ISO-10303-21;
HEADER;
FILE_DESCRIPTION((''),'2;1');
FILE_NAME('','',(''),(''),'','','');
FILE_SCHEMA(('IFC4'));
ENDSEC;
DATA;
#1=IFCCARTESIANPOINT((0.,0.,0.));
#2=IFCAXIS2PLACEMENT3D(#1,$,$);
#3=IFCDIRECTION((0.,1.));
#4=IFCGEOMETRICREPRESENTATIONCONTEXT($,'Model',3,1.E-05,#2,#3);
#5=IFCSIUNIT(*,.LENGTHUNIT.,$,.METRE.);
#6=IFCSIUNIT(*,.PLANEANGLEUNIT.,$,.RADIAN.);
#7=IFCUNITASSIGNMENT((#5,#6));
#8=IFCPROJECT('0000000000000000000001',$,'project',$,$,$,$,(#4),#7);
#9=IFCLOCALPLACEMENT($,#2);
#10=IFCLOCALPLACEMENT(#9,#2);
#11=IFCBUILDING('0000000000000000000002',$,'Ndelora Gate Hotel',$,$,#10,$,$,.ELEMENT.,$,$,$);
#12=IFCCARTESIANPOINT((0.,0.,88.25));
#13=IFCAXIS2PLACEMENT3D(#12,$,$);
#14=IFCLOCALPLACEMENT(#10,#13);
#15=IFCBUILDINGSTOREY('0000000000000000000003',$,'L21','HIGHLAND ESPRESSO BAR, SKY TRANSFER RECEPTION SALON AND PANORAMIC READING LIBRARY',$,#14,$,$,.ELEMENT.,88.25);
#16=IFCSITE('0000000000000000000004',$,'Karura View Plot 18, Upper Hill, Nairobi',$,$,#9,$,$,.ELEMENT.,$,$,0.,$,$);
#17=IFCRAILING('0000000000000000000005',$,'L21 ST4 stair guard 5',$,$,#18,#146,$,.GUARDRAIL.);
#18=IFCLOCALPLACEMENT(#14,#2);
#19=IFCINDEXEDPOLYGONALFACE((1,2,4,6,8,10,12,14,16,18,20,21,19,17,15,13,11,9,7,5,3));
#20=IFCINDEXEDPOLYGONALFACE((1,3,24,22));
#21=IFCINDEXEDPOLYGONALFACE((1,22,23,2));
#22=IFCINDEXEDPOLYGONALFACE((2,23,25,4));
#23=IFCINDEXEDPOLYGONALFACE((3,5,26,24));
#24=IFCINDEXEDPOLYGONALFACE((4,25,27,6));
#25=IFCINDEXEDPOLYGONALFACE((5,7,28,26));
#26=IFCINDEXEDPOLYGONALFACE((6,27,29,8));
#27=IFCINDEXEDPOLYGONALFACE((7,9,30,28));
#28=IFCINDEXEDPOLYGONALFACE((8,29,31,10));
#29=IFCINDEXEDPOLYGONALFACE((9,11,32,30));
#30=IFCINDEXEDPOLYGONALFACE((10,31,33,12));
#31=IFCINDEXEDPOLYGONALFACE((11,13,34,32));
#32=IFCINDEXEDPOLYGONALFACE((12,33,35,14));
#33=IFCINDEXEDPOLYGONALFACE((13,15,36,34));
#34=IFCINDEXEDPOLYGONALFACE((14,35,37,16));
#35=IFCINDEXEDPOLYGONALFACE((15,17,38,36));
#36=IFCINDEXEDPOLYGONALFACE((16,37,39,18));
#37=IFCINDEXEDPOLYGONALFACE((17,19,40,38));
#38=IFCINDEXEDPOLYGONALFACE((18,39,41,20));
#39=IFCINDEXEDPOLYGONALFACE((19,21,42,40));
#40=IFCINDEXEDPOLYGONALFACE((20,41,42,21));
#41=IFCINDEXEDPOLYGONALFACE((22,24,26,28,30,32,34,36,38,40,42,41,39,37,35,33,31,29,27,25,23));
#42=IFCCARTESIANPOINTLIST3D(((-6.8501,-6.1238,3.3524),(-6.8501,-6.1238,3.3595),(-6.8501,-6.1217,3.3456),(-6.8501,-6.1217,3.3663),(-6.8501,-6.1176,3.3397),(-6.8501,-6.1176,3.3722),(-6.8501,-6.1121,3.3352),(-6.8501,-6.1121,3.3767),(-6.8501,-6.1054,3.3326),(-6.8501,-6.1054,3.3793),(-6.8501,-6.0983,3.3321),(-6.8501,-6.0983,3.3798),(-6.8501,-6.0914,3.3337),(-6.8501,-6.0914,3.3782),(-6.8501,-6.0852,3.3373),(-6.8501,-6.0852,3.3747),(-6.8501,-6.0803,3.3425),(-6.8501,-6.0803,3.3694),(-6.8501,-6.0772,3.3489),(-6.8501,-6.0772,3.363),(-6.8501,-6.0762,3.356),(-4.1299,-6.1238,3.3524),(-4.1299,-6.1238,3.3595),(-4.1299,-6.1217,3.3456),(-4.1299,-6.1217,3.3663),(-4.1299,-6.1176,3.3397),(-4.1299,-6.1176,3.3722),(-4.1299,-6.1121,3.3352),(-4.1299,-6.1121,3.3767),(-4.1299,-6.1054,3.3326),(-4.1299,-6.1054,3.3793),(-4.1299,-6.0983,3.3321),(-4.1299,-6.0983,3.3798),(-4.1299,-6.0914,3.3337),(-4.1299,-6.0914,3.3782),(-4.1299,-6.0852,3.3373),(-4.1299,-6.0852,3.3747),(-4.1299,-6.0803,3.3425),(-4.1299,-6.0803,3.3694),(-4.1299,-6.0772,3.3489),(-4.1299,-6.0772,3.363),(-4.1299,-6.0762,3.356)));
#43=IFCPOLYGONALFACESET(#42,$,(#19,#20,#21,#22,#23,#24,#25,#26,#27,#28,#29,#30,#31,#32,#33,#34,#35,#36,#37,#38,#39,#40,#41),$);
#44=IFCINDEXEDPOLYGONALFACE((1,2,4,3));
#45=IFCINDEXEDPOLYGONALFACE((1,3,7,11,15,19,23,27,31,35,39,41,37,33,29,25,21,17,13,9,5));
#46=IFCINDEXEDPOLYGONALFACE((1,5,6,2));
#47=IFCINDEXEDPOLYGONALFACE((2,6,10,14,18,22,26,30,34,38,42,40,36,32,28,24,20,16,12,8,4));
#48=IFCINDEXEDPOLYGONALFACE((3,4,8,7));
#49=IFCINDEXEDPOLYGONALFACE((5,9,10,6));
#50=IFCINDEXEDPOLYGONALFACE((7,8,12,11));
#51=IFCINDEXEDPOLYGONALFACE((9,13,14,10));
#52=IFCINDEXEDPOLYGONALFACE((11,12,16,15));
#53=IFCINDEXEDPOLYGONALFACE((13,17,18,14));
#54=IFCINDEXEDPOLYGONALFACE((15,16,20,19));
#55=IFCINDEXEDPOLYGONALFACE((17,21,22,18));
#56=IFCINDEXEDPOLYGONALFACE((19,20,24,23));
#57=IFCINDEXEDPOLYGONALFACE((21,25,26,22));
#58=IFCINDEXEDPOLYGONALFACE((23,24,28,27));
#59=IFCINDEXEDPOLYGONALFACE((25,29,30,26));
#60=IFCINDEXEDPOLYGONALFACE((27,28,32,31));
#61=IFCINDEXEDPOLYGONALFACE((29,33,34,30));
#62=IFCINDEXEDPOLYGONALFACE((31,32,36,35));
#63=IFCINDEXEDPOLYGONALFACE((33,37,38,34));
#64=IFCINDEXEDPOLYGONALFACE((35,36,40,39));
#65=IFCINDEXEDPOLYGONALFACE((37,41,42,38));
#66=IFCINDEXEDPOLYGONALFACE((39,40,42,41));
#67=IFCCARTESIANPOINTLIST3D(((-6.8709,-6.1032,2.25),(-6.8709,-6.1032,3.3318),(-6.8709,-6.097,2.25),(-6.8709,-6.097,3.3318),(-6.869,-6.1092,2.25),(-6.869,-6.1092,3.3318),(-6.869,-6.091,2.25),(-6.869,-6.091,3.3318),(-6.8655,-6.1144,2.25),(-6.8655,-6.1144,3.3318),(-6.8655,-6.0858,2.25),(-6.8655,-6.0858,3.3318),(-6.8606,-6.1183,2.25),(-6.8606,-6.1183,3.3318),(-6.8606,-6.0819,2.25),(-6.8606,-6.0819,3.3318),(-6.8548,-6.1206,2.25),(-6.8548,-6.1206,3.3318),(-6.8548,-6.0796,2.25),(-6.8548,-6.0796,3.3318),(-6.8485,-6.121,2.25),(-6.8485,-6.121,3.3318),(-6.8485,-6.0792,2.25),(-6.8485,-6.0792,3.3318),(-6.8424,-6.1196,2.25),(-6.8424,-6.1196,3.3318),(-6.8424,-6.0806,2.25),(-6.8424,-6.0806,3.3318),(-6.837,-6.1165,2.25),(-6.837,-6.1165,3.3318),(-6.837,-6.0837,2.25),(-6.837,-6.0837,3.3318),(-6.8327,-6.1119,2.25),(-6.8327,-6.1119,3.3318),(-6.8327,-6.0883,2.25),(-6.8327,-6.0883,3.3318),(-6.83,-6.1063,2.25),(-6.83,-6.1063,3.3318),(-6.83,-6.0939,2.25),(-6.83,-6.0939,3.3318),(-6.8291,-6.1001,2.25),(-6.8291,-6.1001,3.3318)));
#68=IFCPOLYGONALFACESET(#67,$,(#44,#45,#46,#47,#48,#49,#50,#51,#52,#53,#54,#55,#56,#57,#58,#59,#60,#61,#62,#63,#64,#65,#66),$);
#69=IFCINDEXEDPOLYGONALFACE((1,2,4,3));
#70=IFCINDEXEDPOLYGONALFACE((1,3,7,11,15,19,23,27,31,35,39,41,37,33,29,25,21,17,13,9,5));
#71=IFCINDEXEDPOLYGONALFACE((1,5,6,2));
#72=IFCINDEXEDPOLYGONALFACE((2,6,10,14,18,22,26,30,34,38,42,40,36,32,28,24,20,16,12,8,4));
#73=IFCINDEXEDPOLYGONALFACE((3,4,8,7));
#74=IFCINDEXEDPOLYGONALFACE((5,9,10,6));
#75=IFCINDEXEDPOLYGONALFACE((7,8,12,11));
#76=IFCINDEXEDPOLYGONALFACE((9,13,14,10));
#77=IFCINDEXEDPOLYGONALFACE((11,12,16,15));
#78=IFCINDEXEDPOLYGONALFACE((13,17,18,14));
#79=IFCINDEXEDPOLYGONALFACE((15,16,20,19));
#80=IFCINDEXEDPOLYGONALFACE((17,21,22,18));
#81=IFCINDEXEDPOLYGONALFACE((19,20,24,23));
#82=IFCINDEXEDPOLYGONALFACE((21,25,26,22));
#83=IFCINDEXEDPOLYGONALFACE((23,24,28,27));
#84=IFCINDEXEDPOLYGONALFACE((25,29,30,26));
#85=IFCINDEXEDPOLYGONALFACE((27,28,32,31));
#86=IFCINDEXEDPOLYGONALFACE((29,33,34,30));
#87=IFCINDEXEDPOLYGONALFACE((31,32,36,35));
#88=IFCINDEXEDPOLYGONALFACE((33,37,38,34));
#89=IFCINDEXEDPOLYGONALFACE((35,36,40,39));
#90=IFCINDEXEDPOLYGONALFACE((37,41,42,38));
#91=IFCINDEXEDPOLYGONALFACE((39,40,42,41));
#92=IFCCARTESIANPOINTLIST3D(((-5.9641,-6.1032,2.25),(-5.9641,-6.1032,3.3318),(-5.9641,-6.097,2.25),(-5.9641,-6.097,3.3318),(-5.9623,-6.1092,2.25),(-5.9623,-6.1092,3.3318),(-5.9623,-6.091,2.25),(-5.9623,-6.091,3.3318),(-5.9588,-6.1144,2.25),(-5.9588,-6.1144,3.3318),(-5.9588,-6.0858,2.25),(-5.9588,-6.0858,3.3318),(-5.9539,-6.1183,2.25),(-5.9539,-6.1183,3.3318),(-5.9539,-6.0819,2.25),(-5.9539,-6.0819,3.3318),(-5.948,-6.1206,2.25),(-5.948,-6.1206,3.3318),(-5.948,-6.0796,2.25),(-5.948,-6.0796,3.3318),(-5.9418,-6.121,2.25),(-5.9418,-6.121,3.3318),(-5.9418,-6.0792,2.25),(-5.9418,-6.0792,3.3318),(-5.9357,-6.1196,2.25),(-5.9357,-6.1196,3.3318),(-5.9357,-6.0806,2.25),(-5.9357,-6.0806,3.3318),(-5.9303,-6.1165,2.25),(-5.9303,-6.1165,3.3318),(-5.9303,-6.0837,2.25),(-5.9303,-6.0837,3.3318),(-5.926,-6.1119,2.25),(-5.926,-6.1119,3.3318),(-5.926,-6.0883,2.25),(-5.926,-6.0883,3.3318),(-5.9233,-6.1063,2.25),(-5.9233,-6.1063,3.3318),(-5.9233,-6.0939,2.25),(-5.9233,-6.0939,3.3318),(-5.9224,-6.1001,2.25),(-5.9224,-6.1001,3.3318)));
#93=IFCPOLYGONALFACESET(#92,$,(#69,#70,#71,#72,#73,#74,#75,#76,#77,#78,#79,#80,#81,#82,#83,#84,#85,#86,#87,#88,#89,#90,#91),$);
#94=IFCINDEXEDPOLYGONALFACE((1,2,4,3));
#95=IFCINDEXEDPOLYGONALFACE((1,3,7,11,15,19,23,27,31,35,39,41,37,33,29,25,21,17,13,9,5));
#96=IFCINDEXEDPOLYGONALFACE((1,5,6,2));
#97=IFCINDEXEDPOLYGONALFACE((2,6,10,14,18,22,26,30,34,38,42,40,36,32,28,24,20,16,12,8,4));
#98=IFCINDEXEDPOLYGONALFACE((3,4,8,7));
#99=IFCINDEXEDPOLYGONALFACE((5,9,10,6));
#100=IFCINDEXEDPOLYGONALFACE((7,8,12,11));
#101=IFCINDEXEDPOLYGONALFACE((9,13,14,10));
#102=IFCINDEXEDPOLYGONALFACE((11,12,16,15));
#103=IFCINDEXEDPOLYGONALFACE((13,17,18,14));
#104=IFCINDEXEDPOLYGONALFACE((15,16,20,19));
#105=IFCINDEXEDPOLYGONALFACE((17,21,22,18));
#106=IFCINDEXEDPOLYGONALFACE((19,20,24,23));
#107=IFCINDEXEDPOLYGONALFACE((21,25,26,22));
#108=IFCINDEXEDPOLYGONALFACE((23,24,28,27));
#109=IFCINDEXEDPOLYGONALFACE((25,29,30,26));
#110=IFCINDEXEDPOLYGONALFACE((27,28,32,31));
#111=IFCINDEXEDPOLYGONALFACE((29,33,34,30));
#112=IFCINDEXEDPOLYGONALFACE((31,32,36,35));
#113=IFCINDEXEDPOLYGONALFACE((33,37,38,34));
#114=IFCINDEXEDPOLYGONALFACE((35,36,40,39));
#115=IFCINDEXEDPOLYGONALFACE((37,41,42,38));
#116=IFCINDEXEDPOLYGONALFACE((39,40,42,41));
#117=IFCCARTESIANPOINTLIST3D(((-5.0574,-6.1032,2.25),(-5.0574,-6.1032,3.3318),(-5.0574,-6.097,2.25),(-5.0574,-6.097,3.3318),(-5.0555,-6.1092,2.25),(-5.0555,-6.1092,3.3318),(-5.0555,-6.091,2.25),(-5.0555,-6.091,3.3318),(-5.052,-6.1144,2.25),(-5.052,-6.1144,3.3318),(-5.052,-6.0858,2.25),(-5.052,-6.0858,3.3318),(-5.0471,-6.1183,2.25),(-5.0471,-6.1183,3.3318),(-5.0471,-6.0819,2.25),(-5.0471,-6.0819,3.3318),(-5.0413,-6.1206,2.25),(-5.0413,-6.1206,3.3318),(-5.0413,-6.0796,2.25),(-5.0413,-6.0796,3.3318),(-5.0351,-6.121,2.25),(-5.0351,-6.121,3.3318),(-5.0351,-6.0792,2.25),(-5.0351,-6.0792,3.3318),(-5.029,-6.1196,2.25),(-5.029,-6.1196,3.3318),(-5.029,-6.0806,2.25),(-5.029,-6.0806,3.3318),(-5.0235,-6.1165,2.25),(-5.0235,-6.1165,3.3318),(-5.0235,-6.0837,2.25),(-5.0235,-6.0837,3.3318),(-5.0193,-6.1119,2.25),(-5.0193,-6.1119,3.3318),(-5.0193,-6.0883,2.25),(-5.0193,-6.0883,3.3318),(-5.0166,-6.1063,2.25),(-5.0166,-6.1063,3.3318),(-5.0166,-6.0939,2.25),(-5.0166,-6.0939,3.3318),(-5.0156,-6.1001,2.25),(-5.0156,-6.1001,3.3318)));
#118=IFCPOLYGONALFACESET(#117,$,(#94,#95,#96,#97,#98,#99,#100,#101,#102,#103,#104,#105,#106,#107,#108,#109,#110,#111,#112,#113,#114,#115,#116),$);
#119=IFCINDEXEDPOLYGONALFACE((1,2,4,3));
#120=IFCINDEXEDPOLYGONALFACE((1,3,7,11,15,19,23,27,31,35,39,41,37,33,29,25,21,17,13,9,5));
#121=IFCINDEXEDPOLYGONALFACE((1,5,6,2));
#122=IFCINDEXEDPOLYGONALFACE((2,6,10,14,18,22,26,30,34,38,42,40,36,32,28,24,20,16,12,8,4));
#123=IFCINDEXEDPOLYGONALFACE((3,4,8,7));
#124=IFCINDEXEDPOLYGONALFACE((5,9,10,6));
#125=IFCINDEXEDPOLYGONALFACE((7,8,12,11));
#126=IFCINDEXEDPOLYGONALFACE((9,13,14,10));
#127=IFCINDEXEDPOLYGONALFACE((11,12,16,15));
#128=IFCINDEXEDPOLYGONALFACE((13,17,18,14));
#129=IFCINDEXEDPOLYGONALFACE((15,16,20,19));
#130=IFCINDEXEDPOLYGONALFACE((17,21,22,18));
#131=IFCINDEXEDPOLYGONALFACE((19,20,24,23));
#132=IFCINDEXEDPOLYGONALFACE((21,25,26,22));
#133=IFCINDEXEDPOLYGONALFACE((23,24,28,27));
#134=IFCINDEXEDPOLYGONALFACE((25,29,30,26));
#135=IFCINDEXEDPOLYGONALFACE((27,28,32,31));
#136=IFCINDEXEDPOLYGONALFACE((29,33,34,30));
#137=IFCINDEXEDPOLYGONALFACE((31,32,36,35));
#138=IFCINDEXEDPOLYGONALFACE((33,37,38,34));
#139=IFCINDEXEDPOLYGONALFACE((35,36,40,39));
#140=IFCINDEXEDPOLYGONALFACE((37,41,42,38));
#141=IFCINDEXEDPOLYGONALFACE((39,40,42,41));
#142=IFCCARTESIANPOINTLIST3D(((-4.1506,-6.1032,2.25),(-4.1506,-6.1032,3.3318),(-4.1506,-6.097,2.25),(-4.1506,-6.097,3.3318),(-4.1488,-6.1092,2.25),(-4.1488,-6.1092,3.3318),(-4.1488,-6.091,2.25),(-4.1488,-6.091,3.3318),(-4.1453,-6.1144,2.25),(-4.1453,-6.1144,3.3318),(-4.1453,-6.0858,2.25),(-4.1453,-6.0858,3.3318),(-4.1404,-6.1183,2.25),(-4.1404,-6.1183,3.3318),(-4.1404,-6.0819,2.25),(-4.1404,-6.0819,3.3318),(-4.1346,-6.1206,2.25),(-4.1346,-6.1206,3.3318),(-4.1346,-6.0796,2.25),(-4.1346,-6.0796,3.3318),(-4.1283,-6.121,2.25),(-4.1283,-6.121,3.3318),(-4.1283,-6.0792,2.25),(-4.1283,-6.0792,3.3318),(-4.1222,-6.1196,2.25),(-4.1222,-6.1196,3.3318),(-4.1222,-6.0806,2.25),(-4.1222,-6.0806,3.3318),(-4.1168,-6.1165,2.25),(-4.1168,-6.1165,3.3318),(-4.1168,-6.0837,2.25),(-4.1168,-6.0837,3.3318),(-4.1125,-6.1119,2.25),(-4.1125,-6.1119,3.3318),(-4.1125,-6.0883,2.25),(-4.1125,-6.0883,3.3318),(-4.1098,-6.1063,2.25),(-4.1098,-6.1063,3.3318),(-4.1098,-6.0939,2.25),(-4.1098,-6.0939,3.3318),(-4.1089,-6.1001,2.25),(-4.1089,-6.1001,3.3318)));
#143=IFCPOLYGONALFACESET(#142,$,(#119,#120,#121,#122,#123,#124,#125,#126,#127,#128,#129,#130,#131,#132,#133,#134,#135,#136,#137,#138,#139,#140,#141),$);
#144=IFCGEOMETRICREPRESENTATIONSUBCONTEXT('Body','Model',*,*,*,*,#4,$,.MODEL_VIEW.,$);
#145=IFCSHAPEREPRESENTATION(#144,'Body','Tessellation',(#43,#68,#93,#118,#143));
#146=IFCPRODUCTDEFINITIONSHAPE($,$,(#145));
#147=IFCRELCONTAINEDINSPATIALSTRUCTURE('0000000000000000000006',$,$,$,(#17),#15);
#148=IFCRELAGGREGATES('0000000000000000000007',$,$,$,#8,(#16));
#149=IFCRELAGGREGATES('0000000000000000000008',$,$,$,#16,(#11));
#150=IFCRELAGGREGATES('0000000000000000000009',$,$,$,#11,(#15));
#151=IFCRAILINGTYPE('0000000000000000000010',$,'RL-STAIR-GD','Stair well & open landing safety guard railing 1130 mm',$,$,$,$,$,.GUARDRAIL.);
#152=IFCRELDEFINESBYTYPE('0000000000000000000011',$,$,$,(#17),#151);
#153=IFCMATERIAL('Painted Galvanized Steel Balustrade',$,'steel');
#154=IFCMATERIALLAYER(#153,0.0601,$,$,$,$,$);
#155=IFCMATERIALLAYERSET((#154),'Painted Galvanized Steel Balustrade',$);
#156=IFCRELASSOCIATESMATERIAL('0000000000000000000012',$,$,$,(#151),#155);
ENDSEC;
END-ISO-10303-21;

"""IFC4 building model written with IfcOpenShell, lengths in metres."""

from ifc_helpers import new_model, si_unit, direction, frame, origin, origin_2d, place, context, subcontext, project, spatial, circle, extrude, material, layer, layer_set, type_object, element, save


model = new_model("IFC4")

# Units and contexts
model_context = context("Model", 3, precision=1e-05, world=origin(), true_north=direction((0.0, 1.0)))
body_context = subcontext(model_context, "Body", "Model", "MODEL_VIEW")
ifc_project = project(units=[si_unit("LENGTHUNIT", "METRE"), si_unit("PLANEANGLEUNIT", "RADIAN")], contexts=[model_context])

# Site, building, storey
site_placement = place(None, origin())
site = spatial("IfcSite", under=ifc_project, at=site_placement, Name="Karura View Plot 18, Upper Hill, Nairobi", CompositionType="ELEMENT", RefElevation=0.0)
building_placement = place(site_placement, origin())
building = spatial("IfcBuilding", under=site, at=building_placement, Name="Ndelora Gate Hotel", CompositionType="ELEMENT")
storey_placement = place(building_placement, frame((0.0, 0.0, 88.25)))
storey = spatial("IfcBuildingStorey", under=building, at=storey_placement, Name="L21", Description="HIGHLAND ESPRESSO BAR, SKY TRANSFER RECEPTION SALON AND PANORAMIC READING LIBRARY", CompositionType="ELEMENT", Elevation=88.25)

# Railing
ifc_material_1 = material(Name="Painted Galvanized Steel Balustrade", Category="steel")
ifc_layer_1 = layer(ifc_material_1, 0.0601)
ifc_layer_set_1 = layer_set([ifc_layer_1], Name="Painted Galvanized Steel Balustrade")
railing_type_1 = type_object("IfcRailingType", Name="RL-STAIR-GD", Description="Stair well & open landing safety guard railing 1130 mm", PredefinedType="GUARDRAIL", material=ifc_layer_set_1)
railing_1_placement = place(storey_placement, frame((-6.8501, -6.1001, 2.25)))
element("IfcRailing", 1, at=railing_1_placement, inside=storey, type_object=railing_type_1, Name="L21 ST4 stair guard 5", PredefinedType="GUARDRAIL", context=body_context, shape_type="SweptSolid", body=[
    extrude(circle(Radius=0.0239, at=origin_2d()), frame((0.0, 0.0, 1.106), z_axis=(1.0, 0.0, 0.0), x_axis=(0.0, 1.0, 0.0)), (0.0, 0.0, 1.0), 2.7202),
    extrude(circle(Radius=0.021, at=origin_2d()), origin(), (0.0, 0.0, 1.0), 1.0818),
    extrude(circle(Radius=0.021, at=origin_2d()), frame((0.9067, 0.0, 0.0)), (0.0, 0.0, 1.0), 1.0818),
    extrude(circle(Radius=0.021, at=origin_2d()), frame((1.8135, 0.0, 0.0)), (0.0, 0.0, 1.0), 1.0818),
    extrude(circle(Radius=0.021, at=origin_2d()), frame((2.7202, 0.0, 0.0)), (0.0, 0.0, 1.0), 1.0818),
])

save(model, "model.ifc")
